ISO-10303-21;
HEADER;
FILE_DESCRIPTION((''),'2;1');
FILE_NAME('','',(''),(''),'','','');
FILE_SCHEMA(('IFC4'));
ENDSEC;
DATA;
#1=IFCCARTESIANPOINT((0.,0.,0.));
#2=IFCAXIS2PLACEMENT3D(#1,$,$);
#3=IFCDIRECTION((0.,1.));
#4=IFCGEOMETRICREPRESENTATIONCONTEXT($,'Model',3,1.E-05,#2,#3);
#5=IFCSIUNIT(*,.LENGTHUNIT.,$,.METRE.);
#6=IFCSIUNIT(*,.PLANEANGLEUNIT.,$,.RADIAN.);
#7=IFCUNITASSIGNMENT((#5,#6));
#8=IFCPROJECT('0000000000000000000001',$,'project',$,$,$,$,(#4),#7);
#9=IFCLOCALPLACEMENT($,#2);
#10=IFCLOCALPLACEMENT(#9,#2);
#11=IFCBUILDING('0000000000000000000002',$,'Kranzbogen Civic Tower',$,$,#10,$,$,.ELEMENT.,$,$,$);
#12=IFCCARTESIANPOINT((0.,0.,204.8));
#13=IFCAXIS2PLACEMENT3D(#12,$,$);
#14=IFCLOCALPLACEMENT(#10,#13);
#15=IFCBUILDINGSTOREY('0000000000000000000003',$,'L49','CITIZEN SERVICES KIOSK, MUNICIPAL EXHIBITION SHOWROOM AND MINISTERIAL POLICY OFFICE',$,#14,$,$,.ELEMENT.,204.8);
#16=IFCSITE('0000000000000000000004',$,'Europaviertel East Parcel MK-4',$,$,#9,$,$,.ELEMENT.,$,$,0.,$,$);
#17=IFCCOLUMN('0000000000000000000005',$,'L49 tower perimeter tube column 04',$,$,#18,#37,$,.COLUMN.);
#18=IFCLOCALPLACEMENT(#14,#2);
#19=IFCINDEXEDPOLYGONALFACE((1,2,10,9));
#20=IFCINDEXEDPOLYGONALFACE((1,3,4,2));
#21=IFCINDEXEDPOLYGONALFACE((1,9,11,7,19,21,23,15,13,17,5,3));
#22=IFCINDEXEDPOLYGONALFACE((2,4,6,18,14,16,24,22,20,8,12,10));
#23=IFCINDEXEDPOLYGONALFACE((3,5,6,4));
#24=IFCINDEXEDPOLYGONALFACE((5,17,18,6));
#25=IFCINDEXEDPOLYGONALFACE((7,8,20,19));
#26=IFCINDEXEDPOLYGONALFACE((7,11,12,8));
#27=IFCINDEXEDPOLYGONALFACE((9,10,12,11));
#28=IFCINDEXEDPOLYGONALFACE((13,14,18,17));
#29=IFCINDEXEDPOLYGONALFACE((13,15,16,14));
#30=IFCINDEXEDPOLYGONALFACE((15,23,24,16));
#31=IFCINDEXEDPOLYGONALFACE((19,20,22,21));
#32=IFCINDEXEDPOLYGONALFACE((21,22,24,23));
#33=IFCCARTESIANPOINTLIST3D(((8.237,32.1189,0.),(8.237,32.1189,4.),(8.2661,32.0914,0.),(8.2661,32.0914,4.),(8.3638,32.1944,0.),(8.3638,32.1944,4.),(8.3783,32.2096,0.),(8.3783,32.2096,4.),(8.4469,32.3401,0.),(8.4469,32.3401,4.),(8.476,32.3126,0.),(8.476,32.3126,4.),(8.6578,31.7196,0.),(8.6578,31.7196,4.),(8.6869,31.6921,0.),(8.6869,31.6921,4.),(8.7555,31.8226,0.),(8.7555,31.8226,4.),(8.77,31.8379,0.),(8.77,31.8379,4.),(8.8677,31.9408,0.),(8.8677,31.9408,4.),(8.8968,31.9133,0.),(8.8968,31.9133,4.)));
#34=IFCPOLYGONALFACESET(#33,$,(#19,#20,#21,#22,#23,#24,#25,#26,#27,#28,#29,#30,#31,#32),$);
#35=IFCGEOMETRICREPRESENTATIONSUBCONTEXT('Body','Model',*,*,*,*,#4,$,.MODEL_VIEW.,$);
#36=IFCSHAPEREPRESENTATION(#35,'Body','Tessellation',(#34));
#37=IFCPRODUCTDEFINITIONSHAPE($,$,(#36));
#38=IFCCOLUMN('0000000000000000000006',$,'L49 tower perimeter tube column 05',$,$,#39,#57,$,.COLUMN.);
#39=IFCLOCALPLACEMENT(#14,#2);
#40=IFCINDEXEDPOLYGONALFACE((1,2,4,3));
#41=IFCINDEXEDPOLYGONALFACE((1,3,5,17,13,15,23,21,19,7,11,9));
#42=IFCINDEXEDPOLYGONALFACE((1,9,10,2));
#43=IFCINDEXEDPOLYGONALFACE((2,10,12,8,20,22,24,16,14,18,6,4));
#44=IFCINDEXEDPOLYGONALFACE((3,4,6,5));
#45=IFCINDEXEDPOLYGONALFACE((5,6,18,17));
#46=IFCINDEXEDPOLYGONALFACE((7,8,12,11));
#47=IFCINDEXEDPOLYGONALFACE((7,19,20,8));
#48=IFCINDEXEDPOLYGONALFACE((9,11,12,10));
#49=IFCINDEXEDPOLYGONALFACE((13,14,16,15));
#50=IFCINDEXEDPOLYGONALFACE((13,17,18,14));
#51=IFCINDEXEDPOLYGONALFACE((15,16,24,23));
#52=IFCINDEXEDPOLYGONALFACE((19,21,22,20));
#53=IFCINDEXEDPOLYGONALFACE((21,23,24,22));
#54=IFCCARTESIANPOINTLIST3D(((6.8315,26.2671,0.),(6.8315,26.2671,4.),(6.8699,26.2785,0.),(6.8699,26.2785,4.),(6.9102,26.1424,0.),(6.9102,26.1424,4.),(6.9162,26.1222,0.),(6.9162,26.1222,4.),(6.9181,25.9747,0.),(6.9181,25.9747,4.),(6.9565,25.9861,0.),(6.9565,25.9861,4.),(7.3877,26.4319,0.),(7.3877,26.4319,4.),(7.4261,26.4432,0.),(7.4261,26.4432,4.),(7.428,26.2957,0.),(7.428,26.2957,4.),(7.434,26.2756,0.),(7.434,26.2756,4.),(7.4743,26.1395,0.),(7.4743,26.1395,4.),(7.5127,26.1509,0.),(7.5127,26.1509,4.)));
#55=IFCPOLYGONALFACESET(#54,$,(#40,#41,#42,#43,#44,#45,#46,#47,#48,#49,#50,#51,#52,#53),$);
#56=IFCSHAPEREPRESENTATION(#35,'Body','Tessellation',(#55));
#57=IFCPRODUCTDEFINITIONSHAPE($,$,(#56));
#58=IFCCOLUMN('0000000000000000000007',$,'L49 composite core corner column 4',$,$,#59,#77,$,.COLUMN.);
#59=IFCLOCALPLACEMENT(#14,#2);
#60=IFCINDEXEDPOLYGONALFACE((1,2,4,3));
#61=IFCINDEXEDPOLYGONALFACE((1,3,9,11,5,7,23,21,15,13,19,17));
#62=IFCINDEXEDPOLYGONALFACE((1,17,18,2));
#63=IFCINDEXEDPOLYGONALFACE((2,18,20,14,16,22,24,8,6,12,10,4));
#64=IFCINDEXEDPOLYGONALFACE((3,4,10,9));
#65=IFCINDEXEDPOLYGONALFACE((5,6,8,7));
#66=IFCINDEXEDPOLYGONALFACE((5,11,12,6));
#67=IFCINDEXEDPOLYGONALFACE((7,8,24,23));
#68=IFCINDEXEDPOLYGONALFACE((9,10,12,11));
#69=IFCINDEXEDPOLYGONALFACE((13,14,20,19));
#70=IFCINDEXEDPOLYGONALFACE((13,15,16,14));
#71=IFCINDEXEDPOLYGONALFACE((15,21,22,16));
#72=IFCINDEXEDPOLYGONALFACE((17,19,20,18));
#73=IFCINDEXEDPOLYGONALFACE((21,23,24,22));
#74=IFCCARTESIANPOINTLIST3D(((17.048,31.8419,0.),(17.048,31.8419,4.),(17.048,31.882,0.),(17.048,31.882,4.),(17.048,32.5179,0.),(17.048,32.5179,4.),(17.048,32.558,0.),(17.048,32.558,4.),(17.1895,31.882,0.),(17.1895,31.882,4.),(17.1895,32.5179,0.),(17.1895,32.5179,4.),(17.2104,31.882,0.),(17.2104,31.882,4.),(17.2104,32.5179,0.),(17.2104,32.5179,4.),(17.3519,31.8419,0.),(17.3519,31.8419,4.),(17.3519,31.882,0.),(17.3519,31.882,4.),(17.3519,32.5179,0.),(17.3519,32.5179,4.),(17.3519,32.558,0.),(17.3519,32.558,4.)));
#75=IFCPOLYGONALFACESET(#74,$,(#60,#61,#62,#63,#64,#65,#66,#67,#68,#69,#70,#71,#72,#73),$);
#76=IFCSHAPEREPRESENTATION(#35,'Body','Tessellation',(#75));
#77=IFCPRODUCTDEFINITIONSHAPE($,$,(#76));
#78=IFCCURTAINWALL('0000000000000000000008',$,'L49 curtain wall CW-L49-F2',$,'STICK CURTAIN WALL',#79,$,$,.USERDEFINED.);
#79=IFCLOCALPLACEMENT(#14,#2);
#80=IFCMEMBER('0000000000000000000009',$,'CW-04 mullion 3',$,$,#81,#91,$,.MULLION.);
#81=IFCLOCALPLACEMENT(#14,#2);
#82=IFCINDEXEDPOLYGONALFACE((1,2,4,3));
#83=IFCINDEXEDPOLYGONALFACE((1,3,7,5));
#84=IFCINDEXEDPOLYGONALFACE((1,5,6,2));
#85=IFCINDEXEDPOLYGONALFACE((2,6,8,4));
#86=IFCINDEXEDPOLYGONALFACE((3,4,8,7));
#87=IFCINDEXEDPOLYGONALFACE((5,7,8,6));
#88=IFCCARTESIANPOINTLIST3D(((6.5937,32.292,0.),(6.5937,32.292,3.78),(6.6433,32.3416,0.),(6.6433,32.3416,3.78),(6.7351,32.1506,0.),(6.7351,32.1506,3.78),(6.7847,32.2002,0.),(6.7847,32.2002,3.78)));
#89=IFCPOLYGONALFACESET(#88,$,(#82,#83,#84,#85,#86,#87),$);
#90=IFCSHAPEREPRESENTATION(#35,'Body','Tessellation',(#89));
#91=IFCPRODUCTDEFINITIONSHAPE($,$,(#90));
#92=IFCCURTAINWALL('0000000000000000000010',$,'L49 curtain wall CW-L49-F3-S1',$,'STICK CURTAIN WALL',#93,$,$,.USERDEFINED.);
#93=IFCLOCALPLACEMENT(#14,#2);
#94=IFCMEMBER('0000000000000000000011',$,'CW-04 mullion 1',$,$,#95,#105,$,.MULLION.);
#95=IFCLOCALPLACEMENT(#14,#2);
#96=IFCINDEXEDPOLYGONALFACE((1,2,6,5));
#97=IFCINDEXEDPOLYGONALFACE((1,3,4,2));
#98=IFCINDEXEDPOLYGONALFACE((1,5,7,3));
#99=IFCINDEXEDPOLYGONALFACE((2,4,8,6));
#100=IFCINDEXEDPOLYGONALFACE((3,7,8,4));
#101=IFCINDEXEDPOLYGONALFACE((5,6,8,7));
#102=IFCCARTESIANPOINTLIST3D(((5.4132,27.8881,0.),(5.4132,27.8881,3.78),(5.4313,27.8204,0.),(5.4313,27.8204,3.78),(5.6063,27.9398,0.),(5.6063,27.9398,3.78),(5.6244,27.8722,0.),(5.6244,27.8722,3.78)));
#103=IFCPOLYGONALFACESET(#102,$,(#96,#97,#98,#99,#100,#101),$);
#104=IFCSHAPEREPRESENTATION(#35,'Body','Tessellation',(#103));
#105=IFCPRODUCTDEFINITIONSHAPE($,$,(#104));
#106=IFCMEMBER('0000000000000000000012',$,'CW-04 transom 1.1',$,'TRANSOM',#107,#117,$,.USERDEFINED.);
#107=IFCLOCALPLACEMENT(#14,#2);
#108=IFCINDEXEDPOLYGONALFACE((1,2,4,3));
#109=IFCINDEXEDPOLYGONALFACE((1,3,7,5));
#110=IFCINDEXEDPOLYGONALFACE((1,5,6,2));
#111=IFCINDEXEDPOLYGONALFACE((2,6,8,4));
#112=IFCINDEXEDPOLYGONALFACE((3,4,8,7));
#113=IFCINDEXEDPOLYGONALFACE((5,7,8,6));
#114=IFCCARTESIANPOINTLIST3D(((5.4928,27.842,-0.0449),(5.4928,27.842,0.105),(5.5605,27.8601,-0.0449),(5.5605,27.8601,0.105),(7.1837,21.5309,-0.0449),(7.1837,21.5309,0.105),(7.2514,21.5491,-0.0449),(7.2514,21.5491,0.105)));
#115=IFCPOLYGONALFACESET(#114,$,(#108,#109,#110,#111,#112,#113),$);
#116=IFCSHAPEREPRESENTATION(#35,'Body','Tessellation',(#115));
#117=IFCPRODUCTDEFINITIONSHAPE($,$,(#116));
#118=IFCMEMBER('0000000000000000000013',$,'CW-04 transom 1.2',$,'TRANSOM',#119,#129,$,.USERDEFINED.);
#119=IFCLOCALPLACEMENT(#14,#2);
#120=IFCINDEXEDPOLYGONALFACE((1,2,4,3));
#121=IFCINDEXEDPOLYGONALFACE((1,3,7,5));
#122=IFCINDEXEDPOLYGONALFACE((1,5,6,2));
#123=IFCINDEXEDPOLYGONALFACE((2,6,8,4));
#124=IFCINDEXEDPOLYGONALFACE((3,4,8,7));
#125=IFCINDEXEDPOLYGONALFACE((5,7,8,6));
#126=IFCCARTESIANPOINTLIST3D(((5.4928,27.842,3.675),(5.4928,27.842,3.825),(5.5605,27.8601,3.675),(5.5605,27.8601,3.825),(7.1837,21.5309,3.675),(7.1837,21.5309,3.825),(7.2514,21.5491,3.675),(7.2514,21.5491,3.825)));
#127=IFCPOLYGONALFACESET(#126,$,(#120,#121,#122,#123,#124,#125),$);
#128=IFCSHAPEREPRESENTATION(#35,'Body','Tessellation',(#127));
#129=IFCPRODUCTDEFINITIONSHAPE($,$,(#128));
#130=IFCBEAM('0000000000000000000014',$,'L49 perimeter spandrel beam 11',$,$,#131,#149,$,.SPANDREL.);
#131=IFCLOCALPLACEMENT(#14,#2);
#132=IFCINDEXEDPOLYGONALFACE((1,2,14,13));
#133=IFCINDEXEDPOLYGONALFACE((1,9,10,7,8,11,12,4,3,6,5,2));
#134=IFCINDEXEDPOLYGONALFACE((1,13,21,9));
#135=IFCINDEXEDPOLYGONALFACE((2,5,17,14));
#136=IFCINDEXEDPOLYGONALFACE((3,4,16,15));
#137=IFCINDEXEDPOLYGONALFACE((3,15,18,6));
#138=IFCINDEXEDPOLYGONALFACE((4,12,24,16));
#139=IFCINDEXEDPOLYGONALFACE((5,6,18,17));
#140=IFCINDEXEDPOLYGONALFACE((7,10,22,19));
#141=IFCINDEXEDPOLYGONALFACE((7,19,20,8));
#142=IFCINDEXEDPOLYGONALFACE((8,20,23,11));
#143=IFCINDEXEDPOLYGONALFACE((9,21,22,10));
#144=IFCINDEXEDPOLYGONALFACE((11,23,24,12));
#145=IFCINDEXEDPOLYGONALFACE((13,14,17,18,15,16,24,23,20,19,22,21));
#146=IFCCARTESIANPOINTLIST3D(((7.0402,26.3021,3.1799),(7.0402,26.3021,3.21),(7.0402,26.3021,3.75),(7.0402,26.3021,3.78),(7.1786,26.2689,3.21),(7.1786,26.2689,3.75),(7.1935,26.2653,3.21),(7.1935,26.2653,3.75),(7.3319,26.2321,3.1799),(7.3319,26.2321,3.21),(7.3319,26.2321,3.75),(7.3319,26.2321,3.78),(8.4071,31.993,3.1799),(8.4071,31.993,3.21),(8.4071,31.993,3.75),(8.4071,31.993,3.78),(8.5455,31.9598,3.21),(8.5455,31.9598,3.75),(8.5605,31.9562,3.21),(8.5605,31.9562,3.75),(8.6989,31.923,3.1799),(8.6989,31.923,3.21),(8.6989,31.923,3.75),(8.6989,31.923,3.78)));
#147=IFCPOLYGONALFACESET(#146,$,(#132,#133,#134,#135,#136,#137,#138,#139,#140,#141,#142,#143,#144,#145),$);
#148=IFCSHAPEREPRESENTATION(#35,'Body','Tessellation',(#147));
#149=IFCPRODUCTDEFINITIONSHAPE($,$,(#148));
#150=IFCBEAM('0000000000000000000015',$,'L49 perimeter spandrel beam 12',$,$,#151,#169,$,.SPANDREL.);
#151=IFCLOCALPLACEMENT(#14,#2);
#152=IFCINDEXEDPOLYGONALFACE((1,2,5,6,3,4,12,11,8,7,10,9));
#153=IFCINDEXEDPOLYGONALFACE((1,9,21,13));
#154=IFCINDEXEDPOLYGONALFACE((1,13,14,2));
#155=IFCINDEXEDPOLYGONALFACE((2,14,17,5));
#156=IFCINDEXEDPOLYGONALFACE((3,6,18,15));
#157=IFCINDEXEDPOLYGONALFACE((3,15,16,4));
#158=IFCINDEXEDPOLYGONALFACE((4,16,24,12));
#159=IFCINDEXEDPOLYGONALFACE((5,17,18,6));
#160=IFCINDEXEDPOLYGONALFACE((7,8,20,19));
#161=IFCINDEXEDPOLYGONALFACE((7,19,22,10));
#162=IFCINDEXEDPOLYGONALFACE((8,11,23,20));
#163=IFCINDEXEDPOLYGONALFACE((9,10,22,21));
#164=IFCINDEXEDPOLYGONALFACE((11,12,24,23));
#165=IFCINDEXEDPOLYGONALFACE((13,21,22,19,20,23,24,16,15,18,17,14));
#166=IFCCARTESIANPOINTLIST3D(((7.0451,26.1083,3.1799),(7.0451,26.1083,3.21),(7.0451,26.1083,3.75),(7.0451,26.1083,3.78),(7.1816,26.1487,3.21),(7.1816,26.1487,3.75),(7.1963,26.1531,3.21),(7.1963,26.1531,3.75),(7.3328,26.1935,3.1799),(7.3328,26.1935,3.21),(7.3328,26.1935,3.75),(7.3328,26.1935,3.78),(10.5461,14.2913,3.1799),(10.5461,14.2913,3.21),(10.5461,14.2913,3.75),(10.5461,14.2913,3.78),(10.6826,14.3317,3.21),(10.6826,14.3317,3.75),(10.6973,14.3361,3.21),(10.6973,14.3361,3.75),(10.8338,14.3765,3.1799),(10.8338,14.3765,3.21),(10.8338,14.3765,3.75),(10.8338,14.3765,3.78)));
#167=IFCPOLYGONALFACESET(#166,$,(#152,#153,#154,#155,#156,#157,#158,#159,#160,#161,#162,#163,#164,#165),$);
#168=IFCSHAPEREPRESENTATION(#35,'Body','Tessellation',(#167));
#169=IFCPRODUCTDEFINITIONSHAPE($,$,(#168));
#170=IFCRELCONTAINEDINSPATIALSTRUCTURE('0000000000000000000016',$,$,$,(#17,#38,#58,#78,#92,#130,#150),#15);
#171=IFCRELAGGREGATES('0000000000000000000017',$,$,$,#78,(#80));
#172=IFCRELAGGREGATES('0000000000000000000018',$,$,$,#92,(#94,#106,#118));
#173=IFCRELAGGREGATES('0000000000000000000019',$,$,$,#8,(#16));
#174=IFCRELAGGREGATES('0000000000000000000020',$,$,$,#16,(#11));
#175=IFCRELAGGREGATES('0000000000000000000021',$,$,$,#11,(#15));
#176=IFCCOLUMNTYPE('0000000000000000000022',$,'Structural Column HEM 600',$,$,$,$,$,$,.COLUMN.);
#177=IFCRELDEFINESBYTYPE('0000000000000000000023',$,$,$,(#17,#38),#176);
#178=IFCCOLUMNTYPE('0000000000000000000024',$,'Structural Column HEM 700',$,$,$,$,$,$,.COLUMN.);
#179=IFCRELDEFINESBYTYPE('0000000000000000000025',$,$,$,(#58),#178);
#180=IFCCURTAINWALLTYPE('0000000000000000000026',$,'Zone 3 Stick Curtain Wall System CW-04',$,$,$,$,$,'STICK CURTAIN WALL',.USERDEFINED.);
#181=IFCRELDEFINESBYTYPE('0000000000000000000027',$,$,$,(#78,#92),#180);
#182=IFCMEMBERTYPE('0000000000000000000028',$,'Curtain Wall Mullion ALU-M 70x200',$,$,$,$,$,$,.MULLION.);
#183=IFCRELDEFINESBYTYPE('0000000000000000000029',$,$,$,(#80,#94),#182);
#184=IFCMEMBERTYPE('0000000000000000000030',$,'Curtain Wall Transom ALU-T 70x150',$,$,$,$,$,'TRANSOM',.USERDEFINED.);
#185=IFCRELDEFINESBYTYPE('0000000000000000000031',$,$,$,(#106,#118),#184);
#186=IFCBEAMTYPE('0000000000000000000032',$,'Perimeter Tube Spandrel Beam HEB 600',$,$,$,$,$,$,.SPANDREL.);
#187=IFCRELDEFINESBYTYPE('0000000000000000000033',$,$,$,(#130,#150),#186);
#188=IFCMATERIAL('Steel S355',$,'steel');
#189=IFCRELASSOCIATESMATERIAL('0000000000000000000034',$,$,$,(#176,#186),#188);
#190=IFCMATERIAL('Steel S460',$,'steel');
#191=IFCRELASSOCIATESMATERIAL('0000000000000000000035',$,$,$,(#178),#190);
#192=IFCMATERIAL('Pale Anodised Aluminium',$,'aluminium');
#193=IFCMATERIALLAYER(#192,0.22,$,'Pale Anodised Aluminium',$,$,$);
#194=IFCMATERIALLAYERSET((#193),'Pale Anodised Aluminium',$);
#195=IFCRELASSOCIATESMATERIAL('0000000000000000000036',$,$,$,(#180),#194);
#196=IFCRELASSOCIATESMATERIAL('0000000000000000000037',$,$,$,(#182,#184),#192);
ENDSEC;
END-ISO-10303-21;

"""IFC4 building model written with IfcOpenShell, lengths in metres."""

from ifc_helpers import new_model, si_unit, direction, frame, origin, origin_2d, place, context, subcontext, project, spatial, rectangle, i_section, extrude, material, layer, layer_set, material_profile, profile_set, type_object, element, aggregate, save


model = new_model("IFC4")

# Units and contexts
model_context = context("Model", 3, precision=1e-05, world=origin(), true_north=direction((0.0, 1.0)))
body_context = subcontext(model_context, "Body", "Model", "MODEL_VIEW")
ifc_project = project(units=[si_unit("LENGTHUNIT", "METRE"), si_unit("PLANEANGLEUNIT", "RADIAN")], contexts=[model_context])

# Site, building, storey
site_placement = place(None, origin())
site = spatial("IfcSite", under=ifc_project, at=site_placement, Name="Europaviertel East Parcel MK-4", CompositionType="ELEMENT", RefElevation=0.0)
building_placement = place(site_placement, origin())
building = spatial("IfcBuilding", under=site, at=building_placement, Name="Kranzbogen Civic Tower", CompositionType="ELEMENT")
storey_placement = place(building_placement, frame((0.0, 0.0, 204.8)))
storey = spatial("IfcBuildingStorey", under=building, at=storey_placement, Name="L49", Description="CITIZEN SERVICES KIOSK, MUNICIPAL EXHIBITION SHOWROOM AND MINISTERIAL POLICY OFFICE", CompositionType="ELEMENT", Elevation=204.8)

# Columns
ifc_material_1 = material(Name="Steel S355", Category="steel")
ifc_material_profile_1 = material_profile(ifc_material_1, i_section(OverallWidth=0.3049, OverallDepth=0.6201, WebThickness=0.021, FlangeThickness=0.04, at=origin_2d()), Name="HEM 600")
ifc_profile_set_1 = profile_set([ifc_material_profile_1], Name="Steel S355")
column_type_1 = type_object("IfcColumnType", Name="Structural Column HEM 600", PredefinedType="COLUMN", material=ifc_profile_set_1)
for number, where, z_axis, x_axis, name in (
    (1, (8.5669, 32.0161, 0.0), (0.0, 0.0, 1.0), (0.688355, 0.725374, 0.0), "L49 tower perimeter tube column 04"),
    (2, (7.1721, 26.209, 0.0), (0.0, 0.0, 1.0), (-0.284015, 0.95882, 0.0), "L49 tower perimeter tube column 05"),
):
    element("IfcColumn", number, at=place(storey_placement, frame(where, z_axis=z_axis, x_axis=x_axis)), inside=storey, type_object=column_type_1, Name=name, PredefinedType="COLUMN", context=body_context, shape_type="SweptSolid", body=[
        extrude(i_section(OverallWidth=0.3049, OverallDepth=0.6201, WebThickness=0.021, FlangeThickness=0.04, at=origin_2d()), origin(), (0.0, 0.0, 1.0), 4.0),
    ])
ifc_material_2 = material(Name="Steel S460", Category="steel")
ifc_material_profile_2 = material_profile(ifc_material_2, i_section(OverallWidth=0.304, OverallDepth=0.7161, WebThickness=0.021, FlangeThickness=0.04, at=origin_2d()), Name="HEM 700")
ifc_profile_set_2 = profile_set([ifc_material_profile_2], Name="Steel S460")
column_type_2 = type_object("IfcColumnType", Name="Structural Column HEM 700", PredefinedType="COLUMN", material=ifc_profile_set_2)
column_placement = place(storey_placement, frame((17.2, 32.2, 0.0), z_axis=(0.0, 0.0, 1.0), x_axis=(1.0, 0.0, 0.0)))
element("IfcColumn", 3, at=column_placement, inside=storey, type_object=column_type_2, Name="L49 composite core corner column 4", PredefinedType="COLUMN", context=body_context, shape_type="SweptSolid", body=[
    extrude(i_section(OverallWidth=0.304, OverallDepth=0.7161, WebThickness=0.021, FlangeThickness=0.04, at=origin_2d()), origin(), (0.0, 0.0, 1.0), 4.0),
])

# Curtain wall, member
ifc_material_3 = material(Name="Pale Anodised Aluminium", Category="aluminium")
ifc_layer_1 = layer(ifc_material_3, 0.22, Name="Pale Anodised Aluminium")
ifc_layer_set_1 = layer_set([ifc_layer_1], Name="Pale Anodised Aluminium")
curtain_wall_type = type_object("IfcCurtainWallType", Name="Zone 3 Stick Curtain Wall System CW-04", ElementType="STICK CURTAIN WALL", PredefinedType="USERDEFINED", material=ifc_layer_set_1)
curtain_wall_1_placement = place(storey_placement, origin())
curtain_wall_1 = element("IfcCurtainWall", 4, at=curtain_wall_1_placement, inside=storey, type_object=curtain_wall_type, Name="L49 curtain wall CW-L49-F2", ObjectType="STICK CURTAIN WALL", PredefinedType="USERDEFINED")
ifc_material_profile_3 = material_profile(ifc_material_3, rectangle(XDim=0.0701, YDim=0.2, at=origin_2d()), Name="ALU-M 70x200")
ifc_profile_set_3 = profile_set([ifc_material_profile_3], Name="Pale Anodised Aluminium")
member_type_1 = type_object("IfcMemberType", Name="Curtain Wall Mullion ALU-M 70x200", PredefinedType="MULLION", material=ifc_profile_set_3)
member_1_placement = place(storey_placement, frame((6.6892, 32.2461, 0.0), z_axis=(0.0, 0.0, 1.0), x_axis=(-0.707107, -0.707107, 0.0)))
member_1 = element("IfcMember", 5, at=member_1_placement, type_object=member_type_1, Name="CW-04 mullion 3", PredefinedType="MULLION", context=body_context, shape_type="SweptSolid", body=[
    extrude(rectangle(XDim=0.0701, YDim=0.2, at=origin_2d()), origin(), (0.0, 0.0, 1.0), 3.78),
])
aggregate(curtain_wall_1, [member_1])

# Curtain wall, members
curtain_wall_2_placement = place(storey_placement, origin())
curtain_wall_2 = element("IfcCurtainWall", 6, at=curtain_wall_2_placement, inside=storey, type_object=curtain_wall_type, Name="L49 curtain wall CW-L49-F3-S1", ObjectType="STICK CURTAIN WALL", PredefinedType="USERDEFINED")
member_2_placement = place(storey_placement, frame((5.5188, 27.8801, 0.0), z_axis=(0.0, 0.0, 1.0), x_axis=(0.258804, -0.96593, 0.0)))
member_2 = element("IfcMember", 7, at=member_2_placement, type_object=member_type_1, Name="CW-04 mullion 1", PredefinedType="MULLION", context=body_context, shape_type="SweptSolid", body=[
    extrude(rectangle(XDim=0.0701, YDim=0.2, at=origin_2d()), origin(), (0.0, 0.0, 1.0), 3.78),
])
ifc_material_profile_4 = material_profile(ifc_material_3, rectangle(XDim=0.0701, YDim=0.1499, at=origin_2d()), Name="ALU-T 70x150")
ifc_profile_set_4 = profile_set([ifc_material_profile_4], Name="Pale Anodised Aluminium")
member_type_2 = type_object("IfcMemberType", Name="Curtain Wall Transom ALU-T 70x150", ElementType="TRANSOM", PredefinedType="USERDEFINED", material=ifc_profile_set_4)
member_3_placement = place(storey_placement, frame((5.5266, 27.8511, 0.03), z_axis=(0.258802, -0.96593, 0.0), x_axis=(0.96593, 0.258802, 0.0)))
member_3 = element("IfcMember", 8, at=member_3_placement, type_object=member_type_2, Name="CW-04 transom 1.1", ObjectType="TRANSOM", PredefinedType="USERDEFINED", context=body_context, shape_type="SweptSolid", body=[
    extrude(rectangle(XDim=0.0701, YDim=0.1499, at=origin_2d()), origin(), (0.0, 0.0, 1.0), 6.5337),
])
member_4_placement = place(storey_placement, frame((5.5266, 27.8511, 3.75), z_axis=(0.258802, -0.96593, 0.0), x_axis=(0.96593, 0.258802, 0.0)))
member_4 = element("IfcMember", 9, at=member_4_placement, type_object=member_type_2, Name="CW-04 transom 1.2", ObjectType="TRANSOM", PredefinedType="USERDEFINED", context=body_context, shape_type="SweptSolid", body=[
    extrude(rectangle(XDim=0.0701, YDim=0.1499, at=origin_2d()), origin(), (0.0, 0.0, 1.0), 6.5337),
])

# Beams
ifc_material_profile_5 = material_profile(ifc_material_1, i_section(OverallWidth=0.3, OverallDepth=0.6001, WebThickness=0.0154, FlangeThickness=0.03, at=origin_2d()), Name="HEB 600")
ifc_profile_set_5 = profile_set([ifc_material_profile_5], Name="Steel S355")
beam_type_1 = type_object("IfcBeamType", Name="Perimeter Tube Spandrel Beam HEB 600", PredefinedType="SPANDREL", material=ifc_profile_set_5)
beam_1_placement = place(storey_placement, frame((8.553, 31.958, 3.48), z_axis=(-0.233554, -0.972344, 0.0), x_axis=(0.972344, -0.233554, 0.0)))
element("IfcBeam", 10, at=beam_1_placement, inside=storey, type_object=beam_type_1, Name="L49 perimeter spandrel beam 11", PredefinedType="SPANDREL", context=body_context, shape_type="SweptSolid", body=[
    extrude(i_section(OverallWidth=0.3, OverallDepth=0.6001, WebThickness=0.0154, FlangeThickness=0.03, at=origin_2d()), origin(), (0.0, 0.0, 1.0), 5.8528),
])
beam_2_placement = place(storey_placement, frame((7.189, 26.1509, 3.48), z_axis=(0.284064, -0.958805, 0.0), x_axis=(0.958805, 0.284064, 0.0)))
element("IfcBeam", 11, at=beam_2_placement, inside=storey, type_object=beam_type_1, Name="L49 perimeter spandrel beam 12", PredefinedType="SPANDREL", context=body_context, shape_type="SweptSolid", body=[
    extrude(i_section(OverallWidth=0.3, OverallDepth=0.6001, WebThickness=0.0154, FlangeThickness=0.03, at=origin_2d()), origin(), (0.0, 0.0, 1.0), 12.3247),
])

aggregate(curtain_wall_2, [member_2, member_3, member_4])

save(model, "model.ifc")
